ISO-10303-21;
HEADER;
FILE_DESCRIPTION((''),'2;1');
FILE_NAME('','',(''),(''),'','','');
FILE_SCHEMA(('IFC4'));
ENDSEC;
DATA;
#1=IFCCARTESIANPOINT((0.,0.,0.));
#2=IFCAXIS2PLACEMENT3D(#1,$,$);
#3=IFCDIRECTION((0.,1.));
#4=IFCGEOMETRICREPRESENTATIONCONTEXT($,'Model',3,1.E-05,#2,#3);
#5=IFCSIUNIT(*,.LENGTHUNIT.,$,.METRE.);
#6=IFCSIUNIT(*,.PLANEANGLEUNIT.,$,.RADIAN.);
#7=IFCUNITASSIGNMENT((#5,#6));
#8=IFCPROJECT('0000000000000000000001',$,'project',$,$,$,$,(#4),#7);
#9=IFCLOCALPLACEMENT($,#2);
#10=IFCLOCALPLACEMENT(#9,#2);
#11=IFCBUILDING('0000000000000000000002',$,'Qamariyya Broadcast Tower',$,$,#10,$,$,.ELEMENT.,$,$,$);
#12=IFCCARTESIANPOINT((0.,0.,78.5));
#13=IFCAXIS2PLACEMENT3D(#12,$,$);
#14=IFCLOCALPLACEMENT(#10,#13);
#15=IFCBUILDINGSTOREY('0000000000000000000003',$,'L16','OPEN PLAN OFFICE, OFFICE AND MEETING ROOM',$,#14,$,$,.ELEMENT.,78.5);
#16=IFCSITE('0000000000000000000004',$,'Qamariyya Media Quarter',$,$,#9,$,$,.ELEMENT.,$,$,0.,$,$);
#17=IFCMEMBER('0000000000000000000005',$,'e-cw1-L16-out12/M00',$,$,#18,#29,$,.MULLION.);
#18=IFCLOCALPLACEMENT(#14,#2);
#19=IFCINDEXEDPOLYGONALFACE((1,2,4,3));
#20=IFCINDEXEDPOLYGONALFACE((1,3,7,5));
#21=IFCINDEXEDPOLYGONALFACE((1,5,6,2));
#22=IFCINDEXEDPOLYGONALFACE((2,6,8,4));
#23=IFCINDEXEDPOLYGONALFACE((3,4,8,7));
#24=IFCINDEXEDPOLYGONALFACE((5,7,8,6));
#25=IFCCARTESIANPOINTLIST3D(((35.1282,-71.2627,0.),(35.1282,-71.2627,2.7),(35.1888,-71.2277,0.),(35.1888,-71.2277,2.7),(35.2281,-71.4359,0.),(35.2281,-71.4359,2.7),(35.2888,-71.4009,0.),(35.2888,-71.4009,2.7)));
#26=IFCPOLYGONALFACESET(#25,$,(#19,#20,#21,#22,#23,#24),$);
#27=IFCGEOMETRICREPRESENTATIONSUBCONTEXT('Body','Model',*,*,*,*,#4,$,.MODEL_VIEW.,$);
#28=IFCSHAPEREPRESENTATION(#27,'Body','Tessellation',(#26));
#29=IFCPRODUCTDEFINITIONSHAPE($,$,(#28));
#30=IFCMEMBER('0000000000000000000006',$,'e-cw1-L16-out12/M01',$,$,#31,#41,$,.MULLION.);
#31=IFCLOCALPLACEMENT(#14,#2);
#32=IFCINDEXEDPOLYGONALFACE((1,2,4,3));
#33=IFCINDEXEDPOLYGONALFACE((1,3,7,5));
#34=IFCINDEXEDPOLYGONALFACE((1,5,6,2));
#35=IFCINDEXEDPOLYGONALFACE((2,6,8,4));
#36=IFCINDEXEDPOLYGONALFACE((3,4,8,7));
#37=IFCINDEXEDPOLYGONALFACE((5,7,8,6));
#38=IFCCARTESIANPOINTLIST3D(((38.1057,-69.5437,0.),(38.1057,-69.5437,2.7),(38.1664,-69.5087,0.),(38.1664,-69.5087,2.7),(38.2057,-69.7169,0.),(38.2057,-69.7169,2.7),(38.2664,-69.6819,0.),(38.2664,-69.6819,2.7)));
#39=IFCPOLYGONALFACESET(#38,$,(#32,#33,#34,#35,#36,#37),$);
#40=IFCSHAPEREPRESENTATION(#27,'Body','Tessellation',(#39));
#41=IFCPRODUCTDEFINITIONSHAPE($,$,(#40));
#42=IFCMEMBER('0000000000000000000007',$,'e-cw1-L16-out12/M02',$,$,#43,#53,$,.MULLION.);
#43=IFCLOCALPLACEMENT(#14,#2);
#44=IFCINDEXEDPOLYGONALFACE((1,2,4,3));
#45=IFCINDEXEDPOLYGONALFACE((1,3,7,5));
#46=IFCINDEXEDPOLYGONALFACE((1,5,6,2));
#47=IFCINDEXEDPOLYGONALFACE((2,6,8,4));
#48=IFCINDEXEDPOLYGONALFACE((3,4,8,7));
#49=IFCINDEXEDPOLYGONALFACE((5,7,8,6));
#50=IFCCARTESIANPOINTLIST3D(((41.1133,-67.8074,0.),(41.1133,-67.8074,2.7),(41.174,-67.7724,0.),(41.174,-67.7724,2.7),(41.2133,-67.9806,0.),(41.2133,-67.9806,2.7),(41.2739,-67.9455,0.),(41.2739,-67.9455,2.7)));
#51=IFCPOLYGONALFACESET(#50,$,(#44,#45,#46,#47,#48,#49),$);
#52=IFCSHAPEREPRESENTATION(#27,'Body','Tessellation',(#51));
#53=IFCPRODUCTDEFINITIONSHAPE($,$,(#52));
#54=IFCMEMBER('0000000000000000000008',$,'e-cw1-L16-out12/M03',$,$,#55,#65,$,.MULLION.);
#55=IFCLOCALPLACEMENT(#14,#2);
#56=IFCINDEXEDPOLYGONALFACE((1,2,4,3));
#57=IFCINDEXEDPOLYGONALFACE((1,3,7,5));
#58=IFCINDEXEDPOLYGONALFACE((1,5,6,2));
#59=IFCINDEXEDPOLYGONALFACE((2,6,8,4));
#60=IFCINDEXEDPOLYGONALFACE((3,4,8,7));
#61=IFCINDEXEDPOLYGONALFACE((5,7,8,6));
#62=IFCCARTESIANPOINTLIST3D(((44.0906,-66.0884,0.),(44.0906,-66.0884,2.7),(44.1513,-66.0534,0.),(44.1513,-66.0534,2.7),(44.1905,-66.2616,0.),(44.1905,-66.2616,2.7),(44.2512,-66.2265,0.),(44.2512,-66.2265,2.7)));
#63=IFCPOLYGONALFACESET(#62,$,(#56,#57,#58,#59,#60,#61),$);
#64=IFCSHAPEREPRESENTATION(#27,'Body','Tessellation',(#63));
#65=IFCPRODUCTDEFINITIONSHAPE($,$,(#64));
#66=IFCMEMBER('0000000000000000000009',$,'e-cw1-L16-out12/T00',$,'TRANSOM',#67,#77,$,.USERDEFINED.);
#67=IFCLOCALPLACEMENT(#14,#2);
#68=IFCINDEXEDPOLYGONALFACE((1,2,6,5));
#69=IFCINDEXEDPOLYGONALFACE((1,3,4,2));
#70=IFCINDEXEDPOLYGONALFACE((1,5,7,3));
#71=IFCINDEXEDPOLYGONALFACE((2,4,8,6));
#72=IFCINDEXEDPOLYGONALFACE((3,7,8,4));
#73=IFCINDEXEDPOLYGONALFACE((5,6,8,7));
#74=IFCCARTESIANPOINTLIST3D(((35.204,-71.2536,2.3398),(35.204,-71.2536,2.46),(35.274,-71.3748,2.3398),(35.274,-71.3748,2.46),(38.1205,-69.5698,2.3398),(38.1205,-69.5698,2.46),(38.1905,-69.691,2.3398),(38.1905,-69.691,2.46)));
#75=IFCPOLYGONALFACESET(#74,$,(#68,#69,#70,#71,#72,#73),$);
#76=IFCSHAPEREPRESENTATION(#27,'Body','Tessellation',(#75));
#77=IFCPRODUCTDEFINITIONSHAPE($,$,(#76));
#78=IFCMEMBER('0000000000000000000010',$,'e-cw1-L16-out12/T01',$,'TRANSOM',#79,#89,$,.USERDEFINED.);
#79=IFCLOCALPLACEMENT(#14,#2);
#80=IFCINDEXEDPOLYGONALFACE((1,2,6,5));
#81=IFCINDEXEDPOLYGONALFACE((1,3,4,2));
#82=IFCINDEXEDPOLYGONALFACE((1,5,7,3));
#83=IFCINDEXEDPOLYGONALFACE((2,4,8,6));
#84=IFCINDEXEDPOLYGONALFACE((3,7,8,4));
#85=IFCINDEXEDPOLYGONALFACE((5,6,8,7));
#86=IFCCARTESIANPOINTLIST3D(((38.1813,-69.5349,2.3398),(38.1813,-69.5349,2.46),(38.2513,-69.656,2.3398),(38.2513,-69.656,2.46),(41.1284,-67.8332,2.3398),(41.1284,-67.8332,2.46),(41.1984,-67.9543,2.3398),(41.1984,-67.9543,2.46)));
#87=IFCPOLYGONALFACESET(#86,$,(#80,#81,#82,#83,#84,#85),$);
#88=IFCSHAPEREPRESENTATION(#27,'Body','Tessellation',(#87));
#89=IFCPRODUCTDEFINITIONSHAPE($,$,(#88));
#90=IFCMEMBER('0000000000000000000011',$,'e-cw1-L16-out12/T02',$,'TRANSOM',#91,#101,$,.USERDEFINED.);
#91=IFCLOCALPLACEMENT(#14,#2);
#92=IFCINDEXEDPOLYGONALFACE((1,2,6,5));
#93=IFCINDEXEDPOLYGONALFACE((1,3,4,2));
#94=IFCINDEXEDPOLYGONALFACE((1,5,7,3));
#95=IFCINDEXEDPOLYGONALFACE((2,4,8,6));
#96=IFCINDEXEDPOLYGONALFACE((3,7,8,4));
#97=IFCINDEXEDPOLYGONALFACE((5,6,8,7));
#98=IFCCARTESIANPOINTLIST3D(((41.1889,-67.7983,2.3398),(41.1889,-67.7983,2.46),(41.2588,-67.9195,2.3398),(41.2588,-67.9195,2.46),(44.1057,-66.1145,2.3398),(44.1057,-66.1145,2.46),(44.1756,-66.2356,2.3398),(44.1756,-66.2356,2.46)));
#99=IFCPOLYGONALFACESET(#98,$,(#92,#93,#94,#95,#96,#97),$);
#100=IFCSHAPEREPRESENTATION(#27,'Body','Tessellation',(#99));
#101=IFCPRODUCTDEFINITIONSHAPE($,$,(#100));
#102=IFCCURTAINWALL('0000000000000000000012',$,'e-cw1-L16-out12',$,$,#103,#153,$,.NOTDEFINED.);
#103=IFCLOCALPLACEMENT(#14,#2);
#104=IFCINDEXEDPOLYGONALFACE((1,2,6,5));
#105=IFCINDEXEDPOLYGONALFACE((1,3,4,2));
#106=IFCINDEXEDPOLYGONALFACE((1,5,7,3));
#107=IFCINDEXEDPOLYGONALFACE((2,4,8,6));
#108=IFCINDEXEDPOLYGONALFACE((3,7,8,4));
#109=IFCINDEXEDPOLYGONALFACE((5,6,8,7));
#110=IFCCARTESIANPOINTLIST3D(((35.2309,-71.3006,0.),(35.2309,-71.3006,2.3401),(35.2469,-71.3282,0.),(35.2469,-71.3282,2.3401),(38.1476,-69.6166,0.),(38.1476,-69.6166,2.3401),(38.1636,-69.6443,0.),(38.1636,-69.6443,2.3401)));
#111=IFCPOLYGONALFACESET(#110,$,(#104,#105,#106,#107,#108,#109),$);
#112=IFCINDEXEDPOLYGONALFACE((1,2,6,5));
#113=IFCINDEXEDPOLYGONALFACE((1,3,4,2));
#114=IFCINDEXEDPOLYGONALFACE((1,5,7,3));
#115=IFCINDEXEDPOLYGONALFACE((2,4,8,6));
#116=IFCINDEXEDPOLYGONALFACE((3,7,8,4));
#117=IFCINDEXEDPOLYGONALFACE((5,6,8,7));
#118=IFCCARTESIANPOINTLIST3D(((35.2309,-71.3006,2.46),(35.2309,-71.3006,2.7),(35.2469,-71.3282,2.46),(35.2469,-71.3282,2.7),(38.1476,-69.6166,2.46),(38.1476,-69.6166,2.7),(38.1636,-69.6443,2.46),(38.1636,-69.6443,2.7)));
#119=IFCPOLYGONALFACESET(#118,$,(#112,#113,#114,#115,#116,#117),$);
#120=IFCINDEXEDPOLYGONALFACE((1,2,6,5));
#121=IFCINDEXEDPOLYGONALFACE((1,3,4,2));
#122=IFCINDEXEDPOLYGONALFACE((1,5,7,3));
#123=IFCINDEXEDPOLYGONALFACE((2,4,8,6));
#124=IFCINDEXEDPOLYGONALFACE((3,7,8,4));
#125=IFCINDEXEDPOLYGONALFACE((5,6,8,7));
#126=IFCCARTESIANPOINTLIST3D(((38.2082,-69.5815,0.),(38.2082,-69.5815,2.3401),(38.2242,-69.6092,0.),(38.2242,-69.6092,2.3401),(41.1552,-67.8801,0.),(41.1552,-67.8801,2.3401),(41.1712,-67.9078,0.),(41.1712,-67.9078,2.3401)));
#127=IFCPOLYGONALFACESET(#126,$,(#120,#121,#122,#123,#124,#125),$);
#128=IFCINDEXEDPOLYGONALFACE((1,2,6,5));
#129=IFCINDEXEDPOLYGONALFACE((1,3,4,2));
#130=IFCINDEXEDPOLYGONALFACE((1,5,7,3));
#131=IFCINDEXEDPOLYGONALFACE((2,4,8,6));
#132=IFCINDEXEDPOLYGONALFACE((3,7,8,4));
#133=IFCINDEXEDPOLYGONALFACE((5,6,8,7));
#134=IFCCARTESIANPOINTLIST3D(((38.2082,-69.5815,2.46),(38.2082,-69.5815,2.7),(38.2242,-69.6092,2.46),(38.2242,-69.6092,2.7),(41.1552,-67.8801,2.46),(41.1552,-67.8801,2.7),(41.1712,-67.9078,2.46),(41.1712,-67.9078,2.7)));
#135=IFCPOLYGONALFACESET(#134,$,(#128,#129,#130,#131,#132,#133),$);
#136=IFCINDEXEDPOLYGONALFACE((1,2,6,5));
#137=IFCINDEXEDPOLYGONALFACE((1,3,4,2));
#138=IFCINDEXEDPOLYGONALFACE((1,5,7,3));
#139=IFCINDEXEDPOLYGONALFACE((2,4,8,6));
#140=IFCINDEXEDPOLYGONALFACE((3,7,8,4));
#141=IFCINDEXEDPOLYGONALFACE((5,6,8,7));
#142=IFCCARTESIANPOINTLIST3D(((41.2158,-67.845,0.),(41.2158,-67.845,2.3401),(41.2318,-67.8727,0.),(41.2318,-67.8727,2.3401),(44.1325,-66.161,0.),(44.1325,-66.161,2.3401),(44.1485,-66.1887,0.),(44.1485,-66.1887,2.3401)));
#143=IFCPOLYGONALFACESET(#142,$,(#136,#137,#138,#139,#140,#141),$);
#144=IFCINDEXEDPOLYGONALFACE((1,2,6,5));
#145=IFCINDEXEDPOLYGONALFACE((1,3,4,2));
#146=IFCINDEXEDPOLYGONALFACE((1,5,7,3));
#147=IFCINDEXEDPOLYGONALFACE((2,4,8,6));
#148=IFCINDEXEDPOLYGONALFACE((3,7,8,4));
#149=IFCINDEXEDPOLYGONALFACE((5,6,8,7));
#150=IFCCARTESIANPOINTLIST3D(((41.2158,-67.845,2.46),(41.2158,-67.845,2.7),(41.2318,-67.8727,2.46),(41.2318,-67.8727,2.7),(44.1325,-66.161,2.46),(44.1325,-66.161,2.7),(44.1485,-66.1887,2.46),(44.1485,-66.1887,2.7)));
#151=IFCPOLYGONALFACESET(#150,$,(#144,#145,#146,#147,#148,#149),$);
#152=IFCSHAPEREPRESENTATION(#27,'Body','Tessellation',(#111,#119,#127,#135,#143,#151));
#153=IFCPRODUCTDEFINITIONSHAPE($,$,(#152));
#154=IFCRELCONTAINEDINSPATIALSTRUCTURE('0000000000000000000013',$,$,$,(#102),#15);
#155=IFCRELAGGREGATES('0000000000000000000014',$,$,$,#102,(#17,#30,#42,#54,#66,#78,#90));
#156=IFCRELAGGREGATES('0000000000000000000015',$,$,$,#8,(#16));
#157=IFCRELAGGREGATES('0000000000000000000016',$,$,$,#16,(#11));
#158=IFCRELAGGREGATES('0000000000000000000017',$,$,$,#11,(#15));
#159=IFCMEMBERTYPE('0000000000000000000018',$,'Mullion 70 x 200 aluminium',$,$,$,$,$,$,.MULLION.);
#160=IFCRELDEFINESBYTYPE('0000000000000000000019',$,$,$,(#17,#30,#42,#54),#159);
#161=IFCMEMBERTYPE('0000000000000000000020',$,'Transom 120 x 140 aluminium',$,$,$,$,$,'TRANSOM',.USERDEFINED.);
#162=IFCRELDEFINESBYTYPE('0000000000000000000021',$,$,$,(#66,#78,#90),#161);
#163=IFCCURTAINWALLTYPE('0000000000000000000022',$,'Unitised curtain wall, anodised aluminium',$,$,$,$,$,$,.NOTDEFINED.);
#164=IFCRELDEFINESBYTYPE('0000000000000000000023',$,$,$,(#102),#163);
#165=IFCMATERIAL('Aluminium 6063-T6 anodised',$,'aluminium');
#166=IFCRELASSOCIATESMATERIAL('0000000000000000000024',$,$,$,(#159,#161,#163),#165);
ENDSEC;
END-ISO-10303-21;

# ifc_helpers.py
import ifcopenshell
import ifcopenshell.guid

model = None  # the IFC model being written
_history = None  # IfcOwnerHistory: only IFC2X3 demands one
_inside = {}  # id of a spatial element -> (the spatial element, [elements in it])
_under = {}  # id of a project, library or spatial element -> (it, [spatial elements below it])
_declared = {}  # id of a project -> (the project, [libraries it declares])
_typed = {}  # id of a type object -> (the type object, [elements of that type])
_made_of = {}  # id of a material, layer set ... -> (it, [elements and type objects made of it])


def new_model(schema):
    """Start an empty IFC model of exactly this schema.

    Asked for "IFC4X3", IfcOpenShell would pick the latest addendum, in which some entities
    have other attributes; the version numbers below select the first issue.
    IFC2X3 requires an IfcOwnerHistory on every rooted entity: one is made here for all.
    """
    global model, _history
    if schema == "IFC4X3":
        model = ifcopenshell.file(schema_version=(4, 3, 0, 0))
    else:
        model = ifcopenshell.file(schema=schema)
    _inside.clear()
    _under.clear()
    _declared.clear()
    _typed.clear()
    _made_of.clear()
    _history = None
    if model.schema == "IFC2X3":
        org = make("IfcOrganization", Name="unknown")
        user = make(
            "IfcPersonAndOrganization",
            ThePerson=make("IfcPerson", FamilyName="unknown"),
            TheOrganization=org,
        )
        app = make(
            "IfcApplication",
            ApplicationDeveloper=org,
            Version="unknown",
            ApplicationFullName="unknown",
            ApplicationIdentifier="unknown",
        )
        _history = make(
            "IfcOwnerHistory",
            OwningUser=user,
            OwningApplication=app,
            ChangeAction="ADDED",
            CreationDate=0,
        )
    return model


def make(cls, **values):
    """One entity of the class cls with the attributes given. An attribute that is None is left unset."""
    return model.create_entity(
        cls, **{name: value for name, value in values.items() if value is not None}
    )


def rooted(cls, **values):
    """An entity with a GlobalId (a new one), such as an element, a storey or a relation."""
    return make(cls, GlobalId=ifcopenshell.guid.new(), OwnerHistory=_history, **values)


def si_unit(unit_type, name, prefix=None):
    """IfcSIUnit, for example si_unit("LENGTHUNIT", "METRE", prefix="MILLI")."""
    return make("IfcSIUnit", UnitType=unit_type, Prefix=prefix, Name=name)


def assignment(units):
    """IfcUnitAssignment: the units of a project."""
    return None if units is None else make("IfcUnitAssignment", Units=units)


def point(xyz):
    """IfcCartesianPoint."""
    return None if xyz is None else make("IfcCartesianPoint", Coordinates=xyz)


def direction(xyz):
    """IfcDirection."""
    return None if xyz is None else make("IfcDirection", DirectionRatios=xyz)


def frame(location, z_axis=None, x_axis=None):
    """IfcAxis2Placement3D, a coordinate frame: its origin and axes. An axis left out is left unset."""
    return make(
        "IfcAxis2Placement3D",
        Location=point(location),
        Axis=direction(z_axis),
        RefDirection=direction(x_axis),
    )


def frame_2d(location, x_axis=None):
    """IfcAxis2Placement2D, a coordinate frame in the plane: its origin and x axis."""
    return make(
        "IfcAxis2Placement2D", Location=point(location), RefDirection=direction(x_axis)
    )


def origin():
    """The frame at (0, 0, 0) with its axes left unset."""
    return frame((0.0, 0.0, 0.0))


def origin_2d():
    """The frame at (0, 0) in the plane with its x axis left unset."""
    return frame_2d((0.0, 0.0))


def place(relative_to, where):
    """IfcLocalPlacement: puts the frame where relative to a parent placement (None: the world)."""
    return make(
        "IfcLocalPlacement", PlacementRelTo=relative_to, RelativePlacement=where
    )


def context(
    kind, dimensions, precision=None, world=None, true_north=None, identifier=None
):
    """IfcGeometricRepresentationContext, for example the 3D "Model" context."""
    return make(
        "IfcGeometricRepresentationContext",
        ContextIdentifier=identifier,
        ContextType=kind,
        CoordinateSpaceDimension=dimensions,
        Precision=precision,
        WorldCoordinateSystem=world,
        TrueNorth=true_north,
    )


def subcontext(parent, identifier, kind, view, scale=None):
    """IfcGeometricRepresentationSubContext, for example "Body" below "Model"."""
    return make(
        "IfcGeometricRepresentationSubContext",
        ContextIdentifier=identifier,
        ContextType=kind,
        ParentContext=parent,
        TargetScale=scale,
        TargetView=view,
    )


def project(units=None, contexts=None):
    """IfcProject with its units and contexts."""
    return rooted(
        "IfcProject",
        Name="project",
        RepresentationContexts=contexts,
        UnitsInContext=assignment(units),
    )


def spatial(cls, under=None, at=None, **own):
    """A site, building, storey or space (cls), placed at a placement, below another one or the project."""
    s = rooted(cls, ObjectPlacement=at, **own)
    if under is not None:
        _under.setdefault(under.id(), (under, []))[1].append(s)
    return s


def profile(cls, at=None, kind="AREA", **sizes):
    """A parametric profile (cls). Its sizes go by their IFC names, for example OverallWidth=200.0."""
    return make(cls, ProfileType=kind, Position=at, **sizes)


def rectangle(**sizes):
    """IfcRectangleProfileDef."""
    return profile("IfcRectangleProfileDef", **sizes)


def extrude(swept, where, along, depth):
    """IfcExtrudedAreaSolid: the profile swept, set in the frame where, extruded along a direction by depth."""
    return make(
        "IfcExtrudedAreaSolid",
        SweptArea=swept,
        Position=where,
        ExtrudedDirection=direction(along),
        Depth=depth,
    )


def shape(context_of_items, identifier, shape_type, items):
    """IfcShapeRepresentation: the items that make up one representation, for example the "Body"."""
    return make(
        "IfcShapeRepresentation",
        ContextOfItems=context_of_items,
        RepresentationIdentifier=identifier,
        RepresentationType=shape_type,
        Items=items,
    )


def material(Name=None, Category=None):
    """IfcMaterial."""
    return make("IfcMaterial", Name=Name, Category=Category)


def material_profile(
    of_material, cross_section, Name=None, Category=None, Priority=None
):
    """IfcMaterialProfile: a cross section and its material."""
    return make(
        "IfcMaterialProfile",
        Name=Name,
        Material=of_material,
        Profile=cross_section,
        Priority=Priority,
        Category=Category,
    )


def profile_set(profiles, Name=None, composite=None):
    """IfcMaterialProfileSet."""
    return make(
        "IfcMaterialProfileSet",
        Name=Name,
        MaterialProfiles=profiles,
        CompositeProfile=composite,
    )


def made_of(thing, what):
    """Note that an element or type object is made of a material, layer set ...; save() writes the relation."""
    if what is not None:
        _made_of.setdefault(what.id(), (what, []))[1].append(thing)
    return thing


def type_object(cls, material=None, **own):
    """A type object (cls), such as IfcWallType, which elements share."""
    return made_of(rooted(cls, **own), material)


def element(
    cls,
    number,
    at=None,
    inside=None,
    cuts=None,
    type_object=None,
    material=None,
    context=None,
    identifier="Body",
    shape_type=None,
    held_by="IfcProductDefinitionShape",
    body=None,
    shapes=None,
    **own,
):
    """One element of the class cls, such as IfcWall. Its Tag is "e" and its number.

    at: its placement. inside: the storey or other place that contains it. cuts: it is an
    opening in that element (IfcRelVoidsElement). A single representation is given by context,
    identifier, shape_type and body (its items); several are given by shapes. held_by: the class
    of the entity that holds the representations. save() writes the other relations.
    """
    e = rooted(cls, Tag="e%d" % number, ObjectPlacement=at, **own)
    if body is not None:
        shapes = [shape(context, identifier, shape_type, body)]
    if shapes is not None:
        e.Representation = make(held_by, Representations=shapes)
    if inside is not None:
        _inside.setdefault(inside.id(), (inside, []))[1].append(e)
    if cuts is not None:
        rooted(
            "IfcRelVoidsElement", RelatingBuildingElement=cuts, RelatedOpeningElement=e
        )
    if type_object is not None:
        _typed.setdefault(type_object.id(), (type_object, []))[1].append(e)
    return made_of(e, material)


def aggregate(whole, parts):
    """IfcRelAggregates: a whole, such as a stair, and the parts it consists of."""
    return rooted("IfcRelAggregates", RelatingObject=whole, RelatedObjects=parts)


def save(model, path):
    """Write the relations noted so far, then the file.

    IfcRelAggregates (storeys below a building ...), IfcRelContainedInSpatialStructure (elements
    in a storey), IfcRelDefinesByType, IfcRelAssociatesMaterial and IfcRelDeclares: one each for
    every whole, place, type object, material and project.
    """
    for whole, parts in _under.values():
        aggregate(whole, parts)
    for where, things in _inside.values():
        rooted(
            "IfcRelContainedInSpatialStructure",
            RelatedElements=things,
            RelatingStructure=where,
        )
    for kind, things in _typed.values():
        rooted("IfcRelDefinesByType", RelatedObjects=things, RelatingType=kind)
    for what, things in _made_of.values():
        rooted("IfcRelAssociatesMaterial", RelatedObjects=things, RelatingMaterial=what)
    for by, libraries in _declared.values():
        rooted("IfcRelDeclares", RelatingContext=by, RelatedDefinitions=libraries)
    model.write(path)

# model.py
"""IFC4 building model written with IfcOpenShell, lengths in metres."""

from ifc_helpers import new_model, si_unit, direction, frame, origin, origin_2d, place, context, subcontext, project, spatial, rectangle, extrude, material, material_profile, profile_set, type_object, element, aggregate, save


model = new_model("IFC4")

# Units and contexts
model_context = context("Model", 3, precision=1e-05, world=origin(), true_north=direction((0.0, 1.0)))
body_context = subcontext(model_context, "Body", "Model", "MODEL_VIEW")
ifc_project = project(units=[si_unit("LENGTHUNIT", "METRE"), si_unit("PLANEANGLEUNIT", "RADIAN")], contexts=[model_context])

# Members
ifc_material = material(Name="Aluminium 6063-T6 anodised", Category="aluminium")
ifc_material_profile_1 = material_profile(ifc_material, rectangle(XDim=0.2, YDim=0.0701, at=origin_2d()))
ifc_profile_set_1 = profile_set([ifc_material_profile_1], Name="Aluminium 6063-T6 anodised")
member_type_1 = type_object("IfcMemberType", Name="Mullion 70 x 200 aluminium", PredefinedType="MULLION", material=ifc_profile_set_1)
site_placement = place(None, origin())
building_placement = place(site_placement, origin())
storey_placement = place(building_placement, frame((0.0, 0.0, 78.5)))
member_1_placement = place(storey_placement, frame((35.2085, -71.3318, 0.0), z_axis=(0.0, 0.0, 1.0), x_axis=(-0.5, 0.866025, 0.0)))
member_1 = element("IfcMember", 1, at=member_1_placement, type_object=member_type_1, Name="e-cw1-L16-out12/M00", PredefinedType="MULLION", context=body_context, shape_type="SweptSolid", body=[
    extrude(rectangle(XDim=0.2, YDim=0.0701, at=origin_2d()), origin(), (0.0, 0.0, 1.0), 2.7),
])
member_2_placement = place(storey_placement, frame((38.186, -69.6128, 0.0), z_axis=(0.0, 0.0, 1.0), x_axis=(-0.5, 0.866025, 0.0)))
member_2 = element("IfcMember", 2, at=member_2_placement, type_object=member_type_1, Name="e-cw1-L16-out12/M01", PredefinedType="MULLION", context=body_context, shape_type="SweptSolid", body=[
    extrude(rectangle(XDim=0.2, YDim=0.0701, at=origin_2d()), origin(), (0.0, 0.0, 1.0), 2.7),
])
member_3_placement = place(storey_placement, frame((41.1936, -67.8765, 0.0), z_axis=(0.0, 0.0, 1.0), x_axis=(-0.5, 0.866025, 0.0)))
member_3 = element("IfcMember", 3, at=member_3_placement, type_object=member_type_1, Name="e-cw1-L16-out12/M02", PredefinedType="MULLION", context=body_context, shape_type="SweptSolid", body=[
    extrude(rectangle(XDim=0.2, YDim=0.0701, at=origin_2d()), origin(), (0.0, 0.0, 1.0), 2.7),
])
member_4_placement = place(storey_placement, frame((44.1709, -66.1575, 0.0), z_axis=(0.0, 0.0, 1.0), x_axis=(-0.5, 0.866025, 0.0)))
member_4 = element("IfcMember", 4, at=member_4_placement, type_object=member_type_1, Name="e-cw1-L16-out12/M03", PredefinedType="MULLION", context=body_context, shape_type="SweptSolid", body=[
    extrude(rectangle(XDim=0.2, YDim=0.0701, at=origin_2d()), origin(), (0.0, 0.0, 1.0), 2.7),
])
ifc_material_profile_2 = material_profile(ifc_material, rectangle(XDim=0.1399, YDim=0.1201, at=origin_2d()))
ifc_profile_set_2 = profile_set([ifc_material_profile_2], Name="Aluminium 6063-T6 anodised")
member_type_2 = type_object("IfcMemberType", Name="Transom 120 x 140 aluminium", ElementType="TRANSOM", PredefinedType="USERDEFINED", material=ifc_profile_set_2)
member_5_placement = place(storey_placement, frame((35.239, -71.3142, 2.3999), z_axis=(0.866026, 0.499999, 0.0), x_axis=(-0.499999, 0.866026, 0.0)))
member_5 = element("IfcMember", 5, at=member_5_placement, type_object=member_type_2, Name="e-cw1-L16-out12/T00", ObjectType="TRANSOM", PredefinedType="USERDEFINED", context=body_context, shape_type="SweptSolid", body=[
    extrude(rectangle(XDim=0.1399, YDim=0.1201, at=origin_2d()), origin(), (0.0, 0.0, 1.0), 3.3677),
])
member_6_placement = place(storey_placement, frame((38.2163, -69.5955, 2.3999), z_axis=(0.866, 0.500043, 0.0), x_axis=(-0.500043, 0.866, 0.0)))
member_6 = element("IfcMember", 6, at=member_6_placement, type_object=member_type_2, Name="e-cw1-L16-out12/T01", ObjectType="TRANSOM", PredefinedType="USERDEFINED", context=body_context, shape_type="SweptSolid", body=[
    extrude(rectangle(XDim=0.1399, YDim=0.1201, at=origin_2d()), origin(), (0.0, 0.0, 1.0), 3.4031),
])
member_7_placement = place(storey_placement, frame((41.2239, -67.8589, 2.3999), z_axis=(0.866044, 0.499967, 0.0), x_axis=(-0.499967, 0.866044, 0.0)))
member_7 = element("IfcMember", 7, at=member_7_placement, type_object=member_type_2, Name="e-cw1-L16-out12/T02", ObjectType="TRANSOM", PredefinedType="USERDEFINED", context=body_context, shape_type="SweptSolid", body=[
    extrude(rectangle(XDim=0.1399, YDim=0.1201, at=origin_2d()), origin(), (0.0, 0.0, 1.0), 3.3679),
])

# Site, building, storey
site = spatial("IfcSite", under=ifc_project, at=site_placement, Name="Qamariyya Media Quarter", CompositionType="ELEMENT", RefElevation=0.0)
building = spatial("IfcBuilding", under=site, at=building_placement, Name="Qamariyya Broadcast Tower", CompositionType="ELEMENT")
storey = spatial("IfcBuildingStorey", under=building, at=storey_placement, Name="L16", Description="OPEN PLAN OFFICE, OFFICE AND MEETING ROOM", CompositionType="ELEMENT", Elevation=78.5)

# Curtain wall
curtain_wall_type = type_object("IfcCurtainWallType", Name="Unitised curtain wall, anodised aluminium", PredefinedType="NOTDEFINED", material=ifc_material)
curtain_wall_1_placement = place(storey_placement, origin())
curtain_wall_1 = element("IfcCurtainWall", 8, at=curtain_wall_1_placement, inside=storey, type_object=curtain_wall_type, Name="e-cw1-L16-out12", PredefinedType="NOTDEFINED", context=body_context, shape_type="SweptSolid", body=[
    extrude(rectangle(XDim=3.3679, YDim=0.032, at=origin_2d()), frame((36.6973, -70.4724, 0.0), x_axis=(0.866022, 0.500005, 0.0)), (0.0, 0.0, 1.0), 2.3401),
    extrude(rectangle(XDim=3.3679, YDim=0.032, at=origin_2d()), frame((36.6973, -70.4724, 2.46), x_axis=(0.866022, 0.500005, 0.0)), (0.0, 0.0, 1.0), 0.24),
    extrude(rectangle(XDim=3.4028, YDim=0.032, at=origin_2d()), frame((39.6897, -68.7446, 0.0), x_axis=(0.866022, 0.500005, 0.0)), (0.0, 0.0, 1.0), 2.3401),
    extrude(rectangle(XDim=3.4028, YDim=0.032, at=origin_2d()), frame((39.6897, -68.7446, 2.46), x_axis=(0.866022, 0.500005, 0.0)), (0.0, 0.0, 1.0), 0.24),
    extrude(rectangle(XDim=3.3679, YDim=0.032, at=origin_2d()), frame((42.6821, -67.0168, 0.0), x_axis=(0.866022, 0.500005, 0.0)), (0.0, 0.0, 1.0), 2.3401),
    extrude(rectangle(XDim=3.3679, YDim=0.032, at=origin_2d()), frame((42.6821, -67.0168, 2.46), x_axis=(0.866022, 0.500005, 0.0)), (0.0, 0.0, 1.0), 0.24),
])
aggregate(curtain_wall_1, [member_1, member_2, member_3, member_4, member_5, member_6, member_7])

save(model, "model.ifc")
